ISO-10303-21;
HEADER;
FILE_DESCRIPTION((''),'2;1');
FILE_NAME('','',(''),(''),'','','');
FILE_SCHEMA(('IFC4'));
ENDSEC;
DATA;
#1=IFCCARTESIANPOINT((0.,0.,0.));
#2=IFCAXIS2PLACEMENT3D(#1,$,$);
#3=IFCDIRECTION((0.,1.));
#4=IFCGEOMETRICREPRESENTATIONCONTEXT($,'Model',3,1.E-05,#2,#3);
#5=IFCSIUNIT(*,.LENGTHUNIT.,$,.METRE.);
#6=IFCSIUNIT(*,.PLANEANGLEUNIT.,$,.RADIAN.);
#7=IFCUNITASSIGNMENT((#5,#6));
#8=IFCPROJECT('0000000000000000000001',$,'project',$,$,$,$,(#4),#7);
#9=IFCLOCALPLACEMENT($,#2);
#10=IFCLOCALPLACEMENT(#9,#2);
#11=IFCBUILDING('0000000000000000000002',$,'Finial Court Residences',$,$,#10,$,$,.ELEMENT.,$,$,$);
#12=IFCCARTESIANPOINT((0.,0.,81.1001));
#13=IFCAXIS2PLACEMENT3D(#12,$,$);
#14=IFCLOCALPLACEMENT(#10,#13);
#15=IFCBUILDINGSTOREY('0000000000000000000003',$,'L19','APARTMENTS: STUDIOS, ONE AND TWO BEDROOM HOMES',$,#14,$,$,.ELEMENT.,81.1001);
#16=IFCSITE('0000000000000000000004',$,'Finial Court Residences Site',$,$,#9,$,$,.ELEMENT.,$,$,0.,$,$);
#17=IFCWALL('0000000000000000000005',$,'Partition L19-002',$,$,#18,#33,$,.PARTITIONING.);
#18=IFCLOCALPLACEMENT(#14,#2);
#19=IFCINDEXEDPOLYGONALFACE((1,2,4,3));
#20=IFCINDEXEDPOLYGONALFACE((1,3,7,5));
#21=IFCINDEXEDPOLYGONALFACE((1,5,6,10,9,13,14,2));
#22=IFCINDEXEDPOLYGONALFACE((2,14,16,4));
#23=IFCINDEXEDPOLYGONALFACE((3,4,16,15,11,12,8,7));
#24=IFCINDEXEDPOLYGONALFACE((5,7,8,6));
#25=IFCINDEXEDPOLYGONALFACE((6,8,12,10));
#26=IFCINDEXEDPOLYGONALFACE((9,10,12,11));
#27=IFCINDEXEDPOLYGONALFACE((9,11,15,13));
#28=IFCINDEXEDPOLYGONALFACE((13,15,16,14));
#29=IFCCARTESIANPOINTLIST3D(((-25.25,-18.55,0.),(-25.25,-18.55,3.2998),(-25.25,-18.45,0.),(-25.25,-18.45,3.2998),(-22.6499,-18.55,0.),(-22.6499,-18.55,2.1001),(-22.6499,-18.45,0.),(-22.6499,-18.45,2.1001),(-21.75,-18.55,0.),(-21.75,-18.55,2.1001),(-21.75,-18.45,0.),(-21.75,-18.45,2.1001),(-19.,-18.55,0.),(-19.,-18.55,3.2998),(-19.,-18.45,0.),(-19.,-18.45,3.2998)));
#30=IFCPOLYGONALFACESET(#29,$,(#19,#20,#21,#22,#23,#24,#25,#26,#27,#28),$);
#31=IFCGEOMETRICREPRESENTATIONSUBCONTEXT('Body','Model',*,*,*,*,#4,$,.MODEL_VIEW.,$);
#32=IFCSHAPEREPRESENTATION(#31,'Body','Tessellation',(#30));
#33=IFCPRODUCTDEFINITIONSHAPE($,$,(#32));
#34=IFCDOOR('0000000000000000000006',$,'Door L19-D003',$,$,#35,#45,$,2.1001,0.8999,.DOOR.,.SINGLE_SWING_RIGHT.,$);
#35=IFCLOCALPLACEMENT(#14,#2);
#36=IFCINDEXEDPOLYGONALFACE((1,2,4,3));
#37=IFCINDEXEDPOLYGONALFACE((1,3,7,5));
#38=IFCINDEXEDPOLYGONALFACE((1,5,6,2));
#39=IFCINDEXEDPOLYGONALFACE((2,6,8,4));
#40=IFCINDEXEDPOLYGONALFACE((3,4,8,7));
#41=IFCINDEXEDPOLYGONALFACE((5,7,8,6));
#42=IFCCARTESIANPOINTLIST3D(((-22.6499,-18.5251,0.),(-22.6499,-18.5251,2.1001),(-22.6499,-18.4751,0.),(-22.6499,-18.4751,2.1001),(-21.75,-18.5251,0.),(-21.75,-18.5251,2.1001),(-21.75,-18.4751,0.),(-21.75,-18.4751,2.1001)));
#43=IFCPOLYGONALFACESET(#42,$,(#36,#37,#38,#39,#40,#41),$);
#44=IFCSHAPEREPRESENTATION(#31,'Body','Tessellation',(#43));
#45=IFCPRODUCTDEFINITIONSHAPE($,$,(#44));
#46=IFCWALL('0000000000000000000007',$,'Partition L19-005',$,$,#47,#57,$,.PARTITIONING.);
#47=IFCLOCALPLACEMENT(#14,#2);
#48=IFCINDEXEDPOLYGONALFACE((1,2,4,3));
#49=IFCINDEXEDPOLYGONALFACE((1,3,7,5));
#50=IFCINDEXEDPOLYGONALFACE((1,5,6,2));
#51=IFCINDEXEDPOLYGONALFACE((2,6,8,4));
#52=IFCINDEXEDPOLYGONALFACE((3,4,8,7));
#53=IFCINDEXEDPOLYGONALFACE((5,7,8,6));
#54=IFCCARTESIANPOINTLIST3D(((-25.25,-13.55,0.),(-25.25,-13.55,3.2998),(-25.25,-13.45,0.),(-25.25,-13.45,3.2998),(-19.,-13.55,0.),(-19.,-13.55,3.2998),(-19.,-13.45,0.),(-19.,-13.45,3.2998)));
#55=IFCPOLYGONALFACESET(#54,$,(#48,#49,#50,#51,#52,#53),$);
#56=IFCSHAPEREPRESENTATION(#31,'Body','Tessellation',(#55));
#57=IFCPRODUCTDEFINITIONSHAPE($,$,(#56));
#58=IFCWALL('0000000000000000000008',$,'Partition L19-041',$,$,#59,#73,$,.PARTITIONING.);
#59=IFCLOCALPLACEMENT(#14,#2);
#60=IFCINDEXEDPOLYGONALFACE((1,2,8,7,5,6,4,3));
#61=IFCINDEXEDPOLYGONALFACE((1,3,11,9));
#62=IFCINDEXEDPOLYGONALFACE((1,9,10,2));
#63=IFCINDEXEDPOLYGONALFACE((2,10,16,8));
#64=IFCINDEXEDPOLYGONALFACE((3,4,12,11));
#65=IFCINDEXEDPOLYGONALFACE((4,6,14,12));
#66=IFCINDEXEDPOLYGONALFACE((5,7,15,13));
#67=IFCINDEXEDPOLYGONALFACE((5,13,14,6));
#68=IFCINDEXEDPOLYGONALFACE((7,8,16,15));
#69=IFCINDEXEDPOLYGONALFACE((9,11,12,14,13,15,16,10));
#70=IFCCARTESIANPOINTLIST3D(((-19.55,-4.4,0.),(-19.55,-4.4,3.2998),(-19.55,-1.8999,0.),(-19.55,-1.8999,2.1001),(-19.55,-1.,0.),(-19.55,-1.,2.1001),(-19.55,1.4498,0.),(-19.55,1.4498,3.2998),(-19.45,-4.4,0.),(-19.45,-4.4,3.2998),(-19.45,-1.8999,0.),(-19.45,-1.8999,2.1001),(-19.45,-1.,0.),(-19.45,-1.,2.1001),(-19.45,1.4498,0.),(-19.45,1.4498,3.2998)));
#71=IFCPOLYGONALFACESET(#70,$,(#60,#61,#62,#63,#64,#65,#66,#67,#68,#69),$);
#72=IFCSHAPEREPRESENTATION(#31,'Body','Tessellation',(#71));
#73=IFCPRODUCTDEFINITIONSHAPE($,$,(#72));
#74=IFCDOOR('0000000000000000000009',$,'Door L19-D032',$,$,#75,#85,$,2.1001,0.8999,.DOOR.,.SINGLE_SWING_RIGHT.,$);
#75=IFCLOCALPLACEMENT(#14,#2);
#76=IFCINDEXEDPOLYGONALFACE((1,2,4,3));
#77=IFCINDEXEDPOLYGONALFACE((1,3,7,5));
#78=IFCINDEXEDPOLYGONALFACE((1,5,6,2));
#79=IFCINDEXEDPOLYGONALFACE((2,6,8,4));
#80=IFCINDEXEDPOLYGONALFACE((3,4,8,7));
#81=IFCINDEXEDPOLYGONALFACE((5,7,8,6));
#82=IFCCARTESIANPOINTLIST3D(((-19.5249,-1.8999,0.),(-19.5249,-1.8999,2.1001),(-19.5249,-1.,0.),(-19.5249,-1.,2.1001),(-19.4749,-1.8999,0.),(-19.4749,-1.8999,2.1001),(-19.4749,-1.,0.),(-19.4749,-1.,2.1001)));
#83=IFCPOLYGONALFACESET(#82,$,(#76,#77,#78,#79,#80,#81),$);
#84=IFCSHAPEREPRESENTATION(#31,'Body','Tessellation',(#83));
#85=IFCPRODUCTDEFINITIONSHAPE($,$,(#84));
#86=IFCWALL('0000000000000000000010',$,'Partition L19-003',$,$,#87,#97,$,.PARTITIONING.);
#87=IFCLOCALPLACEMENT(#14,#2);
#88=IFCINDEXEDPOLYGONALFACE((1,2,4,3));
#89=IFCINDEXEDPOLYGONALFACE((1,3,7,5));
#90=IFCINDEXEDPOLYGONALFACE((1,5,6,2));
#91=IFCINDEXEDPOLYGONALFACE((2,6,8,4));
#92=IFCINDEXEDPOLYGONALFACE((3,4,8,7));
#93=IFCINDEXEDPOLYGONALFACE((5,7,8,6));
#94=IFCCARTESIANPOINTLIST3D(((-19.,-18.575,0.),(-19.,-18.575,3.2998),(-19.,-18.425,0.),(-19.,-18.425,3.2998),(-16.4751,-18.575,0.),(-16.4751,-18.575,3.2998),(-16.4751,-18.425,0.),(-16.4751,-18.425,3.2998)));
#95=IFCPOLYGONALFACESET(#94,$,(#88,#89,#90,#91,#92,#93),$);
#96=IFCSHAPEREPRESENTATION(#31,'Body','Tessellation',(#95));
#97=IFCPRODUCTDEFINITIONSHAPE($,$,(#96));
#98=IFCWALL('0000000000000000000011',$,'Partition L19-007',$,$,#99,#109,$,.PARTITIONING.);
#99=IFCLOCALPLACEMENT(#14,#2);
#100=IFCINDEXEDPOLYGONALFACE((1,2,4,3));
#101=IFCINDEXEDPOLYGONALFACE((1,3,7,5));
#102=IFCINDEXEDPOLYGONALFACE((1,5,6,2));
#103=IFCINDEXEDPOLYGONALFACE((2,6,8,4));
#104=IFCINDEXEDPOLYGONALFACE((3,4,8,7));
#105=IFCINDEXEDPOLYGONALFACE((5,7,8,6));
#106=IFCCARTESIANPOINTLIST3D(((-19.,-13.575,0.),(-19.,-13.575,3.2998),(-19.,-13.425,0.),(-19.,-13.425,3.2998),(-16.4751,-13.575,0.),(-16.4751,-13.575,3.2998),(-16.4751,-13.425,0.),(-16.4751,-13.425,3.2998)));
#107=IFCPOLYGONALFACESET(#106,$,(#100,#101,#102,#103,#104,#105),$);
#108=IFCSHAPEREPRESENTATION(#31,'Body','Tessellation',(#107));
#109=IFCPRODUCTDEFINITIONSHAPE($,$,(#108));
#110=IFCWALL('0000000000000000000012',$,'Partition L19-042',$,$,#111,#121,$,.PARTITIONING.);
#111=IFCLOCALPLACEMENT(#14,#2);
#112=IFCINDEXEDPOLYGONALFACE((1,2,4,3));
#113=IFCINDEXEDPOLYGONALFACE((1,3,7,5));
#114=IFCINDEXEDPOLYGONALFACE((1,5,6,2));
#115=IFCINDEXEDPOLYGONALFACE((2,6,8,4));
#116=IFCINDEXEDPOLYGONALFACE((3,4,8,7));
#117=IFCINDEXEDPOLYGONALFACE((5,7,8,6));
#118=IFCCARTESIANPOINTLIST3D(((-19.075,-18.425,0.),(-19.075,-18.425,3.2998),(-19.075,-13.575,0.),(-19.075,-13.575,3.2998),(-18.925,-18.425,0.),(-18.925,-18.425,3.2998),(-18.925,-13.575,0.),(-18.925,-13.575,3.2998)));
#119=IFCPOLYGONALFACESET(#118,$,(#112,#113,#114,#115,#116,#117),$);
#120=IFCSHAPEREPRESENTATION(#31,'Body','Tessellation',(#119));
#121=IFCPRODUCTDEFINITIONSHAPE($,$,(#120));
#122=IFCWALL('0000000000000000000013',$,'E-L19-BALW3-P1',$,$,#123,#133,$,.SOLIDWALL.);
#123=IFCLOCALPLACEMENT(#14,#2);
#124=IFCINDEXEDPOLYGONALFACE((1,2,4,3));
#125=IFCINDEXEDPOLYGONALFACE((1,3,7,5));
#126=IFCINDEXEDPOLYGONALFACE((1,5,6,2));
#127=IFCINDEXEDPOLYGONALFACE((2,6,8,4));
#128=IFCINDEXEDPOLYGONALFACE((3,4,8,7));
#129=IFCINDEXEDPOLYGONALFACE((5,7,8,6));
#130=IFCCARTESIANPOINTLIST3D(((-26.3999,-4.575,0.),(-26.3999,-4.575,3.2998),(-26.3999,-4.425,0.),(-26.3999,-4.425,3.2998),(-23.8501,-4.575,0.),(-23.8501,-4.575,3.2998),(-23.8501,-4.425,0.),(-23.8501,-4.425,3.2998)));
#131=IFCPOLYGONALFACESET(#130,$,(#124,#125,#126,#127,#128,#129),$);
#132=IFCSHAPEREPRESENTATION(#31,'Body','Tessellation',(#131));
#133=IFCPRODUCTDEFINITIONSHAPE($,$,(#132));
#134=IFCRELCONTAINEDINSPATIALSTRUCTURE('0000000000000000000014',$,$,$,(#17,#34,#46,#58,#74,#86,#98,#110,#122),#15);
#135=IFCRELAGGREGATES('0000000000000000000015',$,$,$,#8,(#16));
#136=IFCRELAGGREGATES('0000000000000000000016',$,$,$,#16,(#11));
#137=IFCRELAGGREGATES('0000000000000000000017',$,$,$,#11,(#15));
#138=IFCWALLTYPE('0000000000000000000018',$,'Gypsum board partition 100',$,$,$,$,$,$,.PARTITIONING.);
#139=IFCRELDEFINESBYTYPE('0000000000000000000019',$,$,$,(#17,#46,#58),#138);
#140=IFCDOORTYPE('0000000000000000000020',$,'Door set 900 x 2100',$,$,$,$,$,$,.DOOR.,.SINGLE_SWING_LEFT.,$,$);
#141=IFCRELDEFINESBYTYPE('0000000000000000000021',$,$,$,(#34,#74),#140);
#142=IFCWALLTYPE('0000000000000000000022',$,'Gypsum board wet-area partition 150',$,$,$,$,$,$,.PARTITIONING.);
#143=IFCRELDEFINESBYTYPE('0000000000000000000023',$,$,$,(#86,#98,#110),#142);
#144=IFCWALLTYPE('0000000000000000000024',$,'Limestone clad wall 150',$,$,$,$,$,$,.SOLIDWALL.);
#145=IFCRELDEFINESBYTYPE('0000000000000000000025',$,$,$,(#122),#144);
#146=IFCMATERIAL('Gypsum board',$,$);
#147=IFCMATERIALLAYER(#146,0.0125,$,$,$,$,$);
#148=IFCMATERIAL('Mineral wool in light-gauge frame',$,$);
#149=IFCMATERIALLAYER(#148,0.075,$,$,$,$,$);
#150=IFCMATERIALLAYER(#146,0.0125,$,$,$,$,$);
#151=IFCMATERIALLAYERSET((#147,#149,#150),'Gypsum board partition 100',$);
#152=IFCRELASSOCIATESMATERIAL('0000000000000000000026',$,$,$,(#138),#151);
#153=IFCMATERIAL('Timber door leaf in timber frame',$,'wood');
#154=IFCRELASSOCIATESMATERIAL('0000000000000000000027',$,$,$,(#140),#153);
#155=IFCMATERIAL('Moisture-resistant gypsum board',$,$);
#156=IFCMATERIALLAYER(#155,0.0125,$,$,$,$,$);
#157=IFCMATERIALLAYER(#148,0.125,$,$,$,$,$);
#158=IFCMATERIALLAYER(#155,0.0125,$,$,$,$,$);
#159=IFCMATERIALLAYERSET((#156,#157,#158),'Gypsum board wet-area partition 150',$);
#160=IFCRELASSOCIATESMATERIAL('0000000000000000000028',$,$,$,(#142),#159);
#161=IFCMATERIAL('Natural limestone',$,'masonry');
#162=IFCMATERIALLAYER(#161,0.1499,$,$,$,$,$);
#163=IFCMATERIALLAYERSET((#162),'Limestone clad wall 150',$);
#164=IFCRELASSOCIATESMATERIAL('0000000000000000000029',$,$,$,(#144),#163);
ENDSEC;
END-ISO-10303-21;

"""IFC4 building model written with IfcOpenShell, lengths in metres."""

from ifc_helpers import new_model, si_unit, direction, frame, frame_2d, origin, place, context, subcontext, project, spatial, rectangle, extrude, material, layer, layer_set, type_object, element, fill, save


model = new_model("IFC4")

# Units and contexts
model_context = context("Model", 3, precision=1e-05, world=origin(), true_north=direction((0.0, 1.0)))
body_context = subcontext(model_context, "Body", "Model", "MODEL_VIEW")
ifc_project = project(units=[si_unit("LENGTHUNIT", "METRE"), si_unit("PLANEANGLEUNIT", "RADIAN")], contexts=[model_context])

# Site, building, storey
site_placement = place(None, origin())
site = spatial("IfcSite", under=ifc_project, at=site_placement, Name="Finial Court Residences Site", CompositionType="ELEMENT", RefElevation=0.0)
building_placement = place(site_placement, origin())
building = spatial("IfcBuilding", under=site, at=building_placement, Name="Finial Court Residences", CompositionType="ELEMENT")
storey_placement = place(building_placement, frame((0.0, 0.0, 81.1001)))
storey = spatial("IfcBuildingStorey", under=building, at=storey_placement, Name="L19", Description="APARTMENTS: STUDIOS, ONE AND TWO BEDROOM HOMES", CompositionType="ELEMENT", Elevation=81.1001)

# Shared definitions
ifc_material_1 = material(Name="Gypsum board")

# Wall, opening, door
ifc_layer_1 = layer(ifc_material_1, 0.0125)
ifc_material_2 = material(Name="Mineral wool in light-gauge frame")
ifc_layer_2 = layer(ifc_material_2, 0.075)
ifc_layer_3 = layer(ifc_material_1, 0.0125)
ifc_layer_set_1 = layer_set([ifc_layer_1, ifc_layer_2, ifc_layer_3], Name="Gypsum board partition 100")
wall_type_1 = type_object("IfcWallType", Name="Gypsum board partition 100", PredefinedType="PARTITIONING", material=ifc_layer_set_1)
wall_1_placement = place(storey_placement, frame((-25.25, -18.5, 0.0), z_axis=(0.0, 0.0, 1.0), x_axis=(1.0, 0.0, 0.0)))
wall_1 = element("IfcWall", 1, at=wall_1_placement, inside=storey, type_object=wall_type_1, Name="Partition L19-002", PredefinedType="PARTITIONING", context=body_context, shape_type="SweptSolid", body=[
    extrude(rectangle(XDim=6.25, YDim=0.1001, at=frame_2d((3.125, 0.0))), origin(), (0.0, 0.0, 1.0), 3.2998),
])
opening_1_placement = place(wall_1_placement, frame((2.6001, 0.0, 0.0)))
opening_1 = element("IfcOpeningElement", 2, at=opening_1_placement, cuts=wall_1, PredefinedType="OPENING", context=body_context, shape_type="SweptSolid", body=[
    extrude(rectangle(XDim=0.8999, YDim=2.1001, at=frame_2d((0.45, 1.05))), frame((0.0, 0.0601, 0.0), z_axis=(0.0, -1.0, 0.0), x_axis=(1.0, 0.0, 0.0)), (0.0, 0.0, 1.0), 0.1201),
])
ifc_material_3 = material(Name="Timber door leaf in timber frame", Category="wood")
door_type_1 = type_object("IfcDoorType", Name="Door set 900 x 2100", OperationType="SINGLE_SWING_LEFT", PredefinedType="DOOR", material=ifc_material_3)
door_1_placement = place(opening_1_placement, origin())
door_1 = element("IfcDoor", 3, at=door_1_placement, inside=storey, type_object=door_type_1, Name="Door L19-D003", OperationType="SINGLE_SWING_RIGHT", OverallHeight=2.1001, OverallWidth=0.8999, PredefinedType="DOOR", context=body_context, shape_type="SweptSolid", body=[
    extrude(rectangle(XDim=0.8999, YDim=2.1001, at=frame_2d((0.45, 1.05))), frame((0.0, 0.0249, 0.0), z_axis=(0.0, -1.0, 0.0), x_axis=(1.0, 0.0, 0.0)), (0.0, 0.0, 1.0), 0.05),
])
fill(opening_1, door_1)

# Wall
wall_2_placement = place(storey_placement, frame((-25.25, -13.5, 0.0), z_axis=(0.0, 0.0, 1.0), x_axis=(1.0, 0.0, 0.0)))
element("IfcWall", 4, at=wall_2_placement, inside=storey, type_object=wall_type_1, Name="Partition L19-005", PredefinedType="PARTITIONING", context=body_context, shape_type="SweptSolid", body=[
    extrude(rectangle(XDim=6.25, YDim=0.1001, at=frame_2d((3.125, 0.0))), origin(), (0.0, 0.0, 1.0), 3.2998),
])

# Wall, opening, door
wall_3_placement = place(storey_placement, frame((-19.5, -4.3999, 0.0), z_axis=(0.0, 0.0, 1.0), x_axis=(0.0, 1.0, 0.0)))
wall_3 = element("IfcWall", 5, at=wall_3_placement, inside=storey, type_object=wall_type_1, Name="Partition L19-041", PredefinedType="PARTITIONING", context=body_context, shape_type="SweptSolid", body=[
    extrude(rectangle(XDim=5.8499, YDim=0.1001, at=frame_2d((2.9248, 0.0))), origin(), (0.0, 0.0, 1.0), 3.2998),
])
opening_2_placement = place(wall_3_placement, frame((2.5, 0.0, 0.0)))
opening_2 = element("IfcOpeningElement", 6, at=opening_2_placement, cuts=wall_3, PredefinedType="OPENING", context=body_context, shape_type="SweptSolid", body=[
    extrude(rectangle(XDim=0.8999, YDim=2.1001, at=frame_2d((0.45, 1.05))), frame((0.0, 0.0601, 0.0), z_axis=(0.0, -1.0, 0.0), x_axis=(1.0, 0.0, 0.0)), (0.0, 0.0, 1.0), 0.1201),
])
door_2_placement = place(opening_2_placement, origin())
door_2 = element("IfcDoor", 7, at=door_2_placement, inside=storey, type_object=door_type_1, Name="Door L19-D032", OperationType="SINGLE_SWING_RIGHT", OverallHeight=2.1001, OverallWidth=0.8999, PredefinedType="DOOR", context=body_context, shape_type="SweptSolid", body=[
    extrude(rectangle(XDim=0.8999, YDim=2.1001, at=frame_2d((0.45, 1.05))), frame((0.0, 0.0249, 0.0), z_axis=(0.0, -1.0, 0.0), x_axis=(1.0, 0.0, 0.0)), (0.0, 0.0, 1.0), 0.05),
])
fill(opening_2, door_2)

# Walls
ifc_material_4 = material(Name="Moisture-resistant gypsum board")
ifc_layer_4 = layer(ifc_material_4, 0.0125)
ifc_layer_5 = layer(ifc_material_2, 0.125)
ifc_layer_6 = layer(ifc_material_4, 0.0125)
ifc_layer_set_2 = layer_set([ifc_layer_4, ifc_layer_5, ifc_layer_6], Name="Gypsum board wet-area partition 150")
wall_type_2 = type_object("IfcWallType", Name="Gypsum board wet-area partition 150", PredefinedType="PARTITIONING", material=ifc_layer_set_2)
for number, where, z_axis, x_axis, name in (
    (8, (-19.0, -18.5, 0.0), (0.0, 0.0, 1.0), (1.0, 0.0, 0.0), "Partition L19-003"),
    (9, (-19.0, -13.5, 0.0), (0.0, 0.0, 1.0), (1.0, 0.0, 0.0), "Partition L19-007"),
):
    element("IfcWall", number, at=place(storey_placement, frame(where, z_axis=z_axis, x_axis=x_axis)), inside=storey, type_object=wall_type_2, Name=name, PredefinedType="PARTITIONING", context=body_context, shape_type="SweptSolid", body=[
        extrude(rectangle(XDim=2.5249, YDim=0.1499, at=frame_2d((1.2625, 0.0))), origin(), (0.0, 0.0, 1.0), 3.2998),
    ])
wall_4_placement = place(storey_placement, frame((-19.0, -18.425, 0.0), z_axis=(0.0, 0.0, 1.0), x_axis=(0.0, 1.0, 0.0)))
element("IfcWall", 10, at=wall_4_placement, inside=storey, type_object=wall_type_2, Name="Partition L19-042", PredefinedType="PARTITIONING", context=body_context, shape_type="SweptSolid", body=[
    extrude(rectangle(XDim=4.8501, YDim=0.1499, at=frame_2d((2.425, 0.0))), origin(), (0.0, 0.0, 1.0), 3.2998),
])
ifc_material_5 = material(Name="Natural limestone", Category="masonry")
ifc_layer_7 = layer(ifc_material_5, 0.1499)
ifc_layer_set_3 = layer_set([ifc_layer_7], Name="Limestone clad wall 150")
wall_type_3 = type_object("IfcWallType", Name="Limestone clad wall 150", PredefinedType="SOLIDWALL", material=ifc_layer_set_3)
wall_5_placement = place(storey_placement, frame((-23.8501, -4.5, 0.0), z_axis=(0.0, 0.0, 1.0), x_axis=(-1.0, 0.0, 0.0)))
element("IfcWall", 11, at=wall_5_placement, inside=storey, type_object=wall_type_3, Name="E-L19-BALW3-P1", PredefinedType="SOLIDWALL", context=body_context, shape_type="SweptSolid", body=[
    extrude(rectangle(XDim=2.5498, YDim=0.1499, at=frame_2d((1.2749, 0.0))), origin(), (0.0, 0.0, 1.0), 3.2998),
])

save(model, "model.ifc")
